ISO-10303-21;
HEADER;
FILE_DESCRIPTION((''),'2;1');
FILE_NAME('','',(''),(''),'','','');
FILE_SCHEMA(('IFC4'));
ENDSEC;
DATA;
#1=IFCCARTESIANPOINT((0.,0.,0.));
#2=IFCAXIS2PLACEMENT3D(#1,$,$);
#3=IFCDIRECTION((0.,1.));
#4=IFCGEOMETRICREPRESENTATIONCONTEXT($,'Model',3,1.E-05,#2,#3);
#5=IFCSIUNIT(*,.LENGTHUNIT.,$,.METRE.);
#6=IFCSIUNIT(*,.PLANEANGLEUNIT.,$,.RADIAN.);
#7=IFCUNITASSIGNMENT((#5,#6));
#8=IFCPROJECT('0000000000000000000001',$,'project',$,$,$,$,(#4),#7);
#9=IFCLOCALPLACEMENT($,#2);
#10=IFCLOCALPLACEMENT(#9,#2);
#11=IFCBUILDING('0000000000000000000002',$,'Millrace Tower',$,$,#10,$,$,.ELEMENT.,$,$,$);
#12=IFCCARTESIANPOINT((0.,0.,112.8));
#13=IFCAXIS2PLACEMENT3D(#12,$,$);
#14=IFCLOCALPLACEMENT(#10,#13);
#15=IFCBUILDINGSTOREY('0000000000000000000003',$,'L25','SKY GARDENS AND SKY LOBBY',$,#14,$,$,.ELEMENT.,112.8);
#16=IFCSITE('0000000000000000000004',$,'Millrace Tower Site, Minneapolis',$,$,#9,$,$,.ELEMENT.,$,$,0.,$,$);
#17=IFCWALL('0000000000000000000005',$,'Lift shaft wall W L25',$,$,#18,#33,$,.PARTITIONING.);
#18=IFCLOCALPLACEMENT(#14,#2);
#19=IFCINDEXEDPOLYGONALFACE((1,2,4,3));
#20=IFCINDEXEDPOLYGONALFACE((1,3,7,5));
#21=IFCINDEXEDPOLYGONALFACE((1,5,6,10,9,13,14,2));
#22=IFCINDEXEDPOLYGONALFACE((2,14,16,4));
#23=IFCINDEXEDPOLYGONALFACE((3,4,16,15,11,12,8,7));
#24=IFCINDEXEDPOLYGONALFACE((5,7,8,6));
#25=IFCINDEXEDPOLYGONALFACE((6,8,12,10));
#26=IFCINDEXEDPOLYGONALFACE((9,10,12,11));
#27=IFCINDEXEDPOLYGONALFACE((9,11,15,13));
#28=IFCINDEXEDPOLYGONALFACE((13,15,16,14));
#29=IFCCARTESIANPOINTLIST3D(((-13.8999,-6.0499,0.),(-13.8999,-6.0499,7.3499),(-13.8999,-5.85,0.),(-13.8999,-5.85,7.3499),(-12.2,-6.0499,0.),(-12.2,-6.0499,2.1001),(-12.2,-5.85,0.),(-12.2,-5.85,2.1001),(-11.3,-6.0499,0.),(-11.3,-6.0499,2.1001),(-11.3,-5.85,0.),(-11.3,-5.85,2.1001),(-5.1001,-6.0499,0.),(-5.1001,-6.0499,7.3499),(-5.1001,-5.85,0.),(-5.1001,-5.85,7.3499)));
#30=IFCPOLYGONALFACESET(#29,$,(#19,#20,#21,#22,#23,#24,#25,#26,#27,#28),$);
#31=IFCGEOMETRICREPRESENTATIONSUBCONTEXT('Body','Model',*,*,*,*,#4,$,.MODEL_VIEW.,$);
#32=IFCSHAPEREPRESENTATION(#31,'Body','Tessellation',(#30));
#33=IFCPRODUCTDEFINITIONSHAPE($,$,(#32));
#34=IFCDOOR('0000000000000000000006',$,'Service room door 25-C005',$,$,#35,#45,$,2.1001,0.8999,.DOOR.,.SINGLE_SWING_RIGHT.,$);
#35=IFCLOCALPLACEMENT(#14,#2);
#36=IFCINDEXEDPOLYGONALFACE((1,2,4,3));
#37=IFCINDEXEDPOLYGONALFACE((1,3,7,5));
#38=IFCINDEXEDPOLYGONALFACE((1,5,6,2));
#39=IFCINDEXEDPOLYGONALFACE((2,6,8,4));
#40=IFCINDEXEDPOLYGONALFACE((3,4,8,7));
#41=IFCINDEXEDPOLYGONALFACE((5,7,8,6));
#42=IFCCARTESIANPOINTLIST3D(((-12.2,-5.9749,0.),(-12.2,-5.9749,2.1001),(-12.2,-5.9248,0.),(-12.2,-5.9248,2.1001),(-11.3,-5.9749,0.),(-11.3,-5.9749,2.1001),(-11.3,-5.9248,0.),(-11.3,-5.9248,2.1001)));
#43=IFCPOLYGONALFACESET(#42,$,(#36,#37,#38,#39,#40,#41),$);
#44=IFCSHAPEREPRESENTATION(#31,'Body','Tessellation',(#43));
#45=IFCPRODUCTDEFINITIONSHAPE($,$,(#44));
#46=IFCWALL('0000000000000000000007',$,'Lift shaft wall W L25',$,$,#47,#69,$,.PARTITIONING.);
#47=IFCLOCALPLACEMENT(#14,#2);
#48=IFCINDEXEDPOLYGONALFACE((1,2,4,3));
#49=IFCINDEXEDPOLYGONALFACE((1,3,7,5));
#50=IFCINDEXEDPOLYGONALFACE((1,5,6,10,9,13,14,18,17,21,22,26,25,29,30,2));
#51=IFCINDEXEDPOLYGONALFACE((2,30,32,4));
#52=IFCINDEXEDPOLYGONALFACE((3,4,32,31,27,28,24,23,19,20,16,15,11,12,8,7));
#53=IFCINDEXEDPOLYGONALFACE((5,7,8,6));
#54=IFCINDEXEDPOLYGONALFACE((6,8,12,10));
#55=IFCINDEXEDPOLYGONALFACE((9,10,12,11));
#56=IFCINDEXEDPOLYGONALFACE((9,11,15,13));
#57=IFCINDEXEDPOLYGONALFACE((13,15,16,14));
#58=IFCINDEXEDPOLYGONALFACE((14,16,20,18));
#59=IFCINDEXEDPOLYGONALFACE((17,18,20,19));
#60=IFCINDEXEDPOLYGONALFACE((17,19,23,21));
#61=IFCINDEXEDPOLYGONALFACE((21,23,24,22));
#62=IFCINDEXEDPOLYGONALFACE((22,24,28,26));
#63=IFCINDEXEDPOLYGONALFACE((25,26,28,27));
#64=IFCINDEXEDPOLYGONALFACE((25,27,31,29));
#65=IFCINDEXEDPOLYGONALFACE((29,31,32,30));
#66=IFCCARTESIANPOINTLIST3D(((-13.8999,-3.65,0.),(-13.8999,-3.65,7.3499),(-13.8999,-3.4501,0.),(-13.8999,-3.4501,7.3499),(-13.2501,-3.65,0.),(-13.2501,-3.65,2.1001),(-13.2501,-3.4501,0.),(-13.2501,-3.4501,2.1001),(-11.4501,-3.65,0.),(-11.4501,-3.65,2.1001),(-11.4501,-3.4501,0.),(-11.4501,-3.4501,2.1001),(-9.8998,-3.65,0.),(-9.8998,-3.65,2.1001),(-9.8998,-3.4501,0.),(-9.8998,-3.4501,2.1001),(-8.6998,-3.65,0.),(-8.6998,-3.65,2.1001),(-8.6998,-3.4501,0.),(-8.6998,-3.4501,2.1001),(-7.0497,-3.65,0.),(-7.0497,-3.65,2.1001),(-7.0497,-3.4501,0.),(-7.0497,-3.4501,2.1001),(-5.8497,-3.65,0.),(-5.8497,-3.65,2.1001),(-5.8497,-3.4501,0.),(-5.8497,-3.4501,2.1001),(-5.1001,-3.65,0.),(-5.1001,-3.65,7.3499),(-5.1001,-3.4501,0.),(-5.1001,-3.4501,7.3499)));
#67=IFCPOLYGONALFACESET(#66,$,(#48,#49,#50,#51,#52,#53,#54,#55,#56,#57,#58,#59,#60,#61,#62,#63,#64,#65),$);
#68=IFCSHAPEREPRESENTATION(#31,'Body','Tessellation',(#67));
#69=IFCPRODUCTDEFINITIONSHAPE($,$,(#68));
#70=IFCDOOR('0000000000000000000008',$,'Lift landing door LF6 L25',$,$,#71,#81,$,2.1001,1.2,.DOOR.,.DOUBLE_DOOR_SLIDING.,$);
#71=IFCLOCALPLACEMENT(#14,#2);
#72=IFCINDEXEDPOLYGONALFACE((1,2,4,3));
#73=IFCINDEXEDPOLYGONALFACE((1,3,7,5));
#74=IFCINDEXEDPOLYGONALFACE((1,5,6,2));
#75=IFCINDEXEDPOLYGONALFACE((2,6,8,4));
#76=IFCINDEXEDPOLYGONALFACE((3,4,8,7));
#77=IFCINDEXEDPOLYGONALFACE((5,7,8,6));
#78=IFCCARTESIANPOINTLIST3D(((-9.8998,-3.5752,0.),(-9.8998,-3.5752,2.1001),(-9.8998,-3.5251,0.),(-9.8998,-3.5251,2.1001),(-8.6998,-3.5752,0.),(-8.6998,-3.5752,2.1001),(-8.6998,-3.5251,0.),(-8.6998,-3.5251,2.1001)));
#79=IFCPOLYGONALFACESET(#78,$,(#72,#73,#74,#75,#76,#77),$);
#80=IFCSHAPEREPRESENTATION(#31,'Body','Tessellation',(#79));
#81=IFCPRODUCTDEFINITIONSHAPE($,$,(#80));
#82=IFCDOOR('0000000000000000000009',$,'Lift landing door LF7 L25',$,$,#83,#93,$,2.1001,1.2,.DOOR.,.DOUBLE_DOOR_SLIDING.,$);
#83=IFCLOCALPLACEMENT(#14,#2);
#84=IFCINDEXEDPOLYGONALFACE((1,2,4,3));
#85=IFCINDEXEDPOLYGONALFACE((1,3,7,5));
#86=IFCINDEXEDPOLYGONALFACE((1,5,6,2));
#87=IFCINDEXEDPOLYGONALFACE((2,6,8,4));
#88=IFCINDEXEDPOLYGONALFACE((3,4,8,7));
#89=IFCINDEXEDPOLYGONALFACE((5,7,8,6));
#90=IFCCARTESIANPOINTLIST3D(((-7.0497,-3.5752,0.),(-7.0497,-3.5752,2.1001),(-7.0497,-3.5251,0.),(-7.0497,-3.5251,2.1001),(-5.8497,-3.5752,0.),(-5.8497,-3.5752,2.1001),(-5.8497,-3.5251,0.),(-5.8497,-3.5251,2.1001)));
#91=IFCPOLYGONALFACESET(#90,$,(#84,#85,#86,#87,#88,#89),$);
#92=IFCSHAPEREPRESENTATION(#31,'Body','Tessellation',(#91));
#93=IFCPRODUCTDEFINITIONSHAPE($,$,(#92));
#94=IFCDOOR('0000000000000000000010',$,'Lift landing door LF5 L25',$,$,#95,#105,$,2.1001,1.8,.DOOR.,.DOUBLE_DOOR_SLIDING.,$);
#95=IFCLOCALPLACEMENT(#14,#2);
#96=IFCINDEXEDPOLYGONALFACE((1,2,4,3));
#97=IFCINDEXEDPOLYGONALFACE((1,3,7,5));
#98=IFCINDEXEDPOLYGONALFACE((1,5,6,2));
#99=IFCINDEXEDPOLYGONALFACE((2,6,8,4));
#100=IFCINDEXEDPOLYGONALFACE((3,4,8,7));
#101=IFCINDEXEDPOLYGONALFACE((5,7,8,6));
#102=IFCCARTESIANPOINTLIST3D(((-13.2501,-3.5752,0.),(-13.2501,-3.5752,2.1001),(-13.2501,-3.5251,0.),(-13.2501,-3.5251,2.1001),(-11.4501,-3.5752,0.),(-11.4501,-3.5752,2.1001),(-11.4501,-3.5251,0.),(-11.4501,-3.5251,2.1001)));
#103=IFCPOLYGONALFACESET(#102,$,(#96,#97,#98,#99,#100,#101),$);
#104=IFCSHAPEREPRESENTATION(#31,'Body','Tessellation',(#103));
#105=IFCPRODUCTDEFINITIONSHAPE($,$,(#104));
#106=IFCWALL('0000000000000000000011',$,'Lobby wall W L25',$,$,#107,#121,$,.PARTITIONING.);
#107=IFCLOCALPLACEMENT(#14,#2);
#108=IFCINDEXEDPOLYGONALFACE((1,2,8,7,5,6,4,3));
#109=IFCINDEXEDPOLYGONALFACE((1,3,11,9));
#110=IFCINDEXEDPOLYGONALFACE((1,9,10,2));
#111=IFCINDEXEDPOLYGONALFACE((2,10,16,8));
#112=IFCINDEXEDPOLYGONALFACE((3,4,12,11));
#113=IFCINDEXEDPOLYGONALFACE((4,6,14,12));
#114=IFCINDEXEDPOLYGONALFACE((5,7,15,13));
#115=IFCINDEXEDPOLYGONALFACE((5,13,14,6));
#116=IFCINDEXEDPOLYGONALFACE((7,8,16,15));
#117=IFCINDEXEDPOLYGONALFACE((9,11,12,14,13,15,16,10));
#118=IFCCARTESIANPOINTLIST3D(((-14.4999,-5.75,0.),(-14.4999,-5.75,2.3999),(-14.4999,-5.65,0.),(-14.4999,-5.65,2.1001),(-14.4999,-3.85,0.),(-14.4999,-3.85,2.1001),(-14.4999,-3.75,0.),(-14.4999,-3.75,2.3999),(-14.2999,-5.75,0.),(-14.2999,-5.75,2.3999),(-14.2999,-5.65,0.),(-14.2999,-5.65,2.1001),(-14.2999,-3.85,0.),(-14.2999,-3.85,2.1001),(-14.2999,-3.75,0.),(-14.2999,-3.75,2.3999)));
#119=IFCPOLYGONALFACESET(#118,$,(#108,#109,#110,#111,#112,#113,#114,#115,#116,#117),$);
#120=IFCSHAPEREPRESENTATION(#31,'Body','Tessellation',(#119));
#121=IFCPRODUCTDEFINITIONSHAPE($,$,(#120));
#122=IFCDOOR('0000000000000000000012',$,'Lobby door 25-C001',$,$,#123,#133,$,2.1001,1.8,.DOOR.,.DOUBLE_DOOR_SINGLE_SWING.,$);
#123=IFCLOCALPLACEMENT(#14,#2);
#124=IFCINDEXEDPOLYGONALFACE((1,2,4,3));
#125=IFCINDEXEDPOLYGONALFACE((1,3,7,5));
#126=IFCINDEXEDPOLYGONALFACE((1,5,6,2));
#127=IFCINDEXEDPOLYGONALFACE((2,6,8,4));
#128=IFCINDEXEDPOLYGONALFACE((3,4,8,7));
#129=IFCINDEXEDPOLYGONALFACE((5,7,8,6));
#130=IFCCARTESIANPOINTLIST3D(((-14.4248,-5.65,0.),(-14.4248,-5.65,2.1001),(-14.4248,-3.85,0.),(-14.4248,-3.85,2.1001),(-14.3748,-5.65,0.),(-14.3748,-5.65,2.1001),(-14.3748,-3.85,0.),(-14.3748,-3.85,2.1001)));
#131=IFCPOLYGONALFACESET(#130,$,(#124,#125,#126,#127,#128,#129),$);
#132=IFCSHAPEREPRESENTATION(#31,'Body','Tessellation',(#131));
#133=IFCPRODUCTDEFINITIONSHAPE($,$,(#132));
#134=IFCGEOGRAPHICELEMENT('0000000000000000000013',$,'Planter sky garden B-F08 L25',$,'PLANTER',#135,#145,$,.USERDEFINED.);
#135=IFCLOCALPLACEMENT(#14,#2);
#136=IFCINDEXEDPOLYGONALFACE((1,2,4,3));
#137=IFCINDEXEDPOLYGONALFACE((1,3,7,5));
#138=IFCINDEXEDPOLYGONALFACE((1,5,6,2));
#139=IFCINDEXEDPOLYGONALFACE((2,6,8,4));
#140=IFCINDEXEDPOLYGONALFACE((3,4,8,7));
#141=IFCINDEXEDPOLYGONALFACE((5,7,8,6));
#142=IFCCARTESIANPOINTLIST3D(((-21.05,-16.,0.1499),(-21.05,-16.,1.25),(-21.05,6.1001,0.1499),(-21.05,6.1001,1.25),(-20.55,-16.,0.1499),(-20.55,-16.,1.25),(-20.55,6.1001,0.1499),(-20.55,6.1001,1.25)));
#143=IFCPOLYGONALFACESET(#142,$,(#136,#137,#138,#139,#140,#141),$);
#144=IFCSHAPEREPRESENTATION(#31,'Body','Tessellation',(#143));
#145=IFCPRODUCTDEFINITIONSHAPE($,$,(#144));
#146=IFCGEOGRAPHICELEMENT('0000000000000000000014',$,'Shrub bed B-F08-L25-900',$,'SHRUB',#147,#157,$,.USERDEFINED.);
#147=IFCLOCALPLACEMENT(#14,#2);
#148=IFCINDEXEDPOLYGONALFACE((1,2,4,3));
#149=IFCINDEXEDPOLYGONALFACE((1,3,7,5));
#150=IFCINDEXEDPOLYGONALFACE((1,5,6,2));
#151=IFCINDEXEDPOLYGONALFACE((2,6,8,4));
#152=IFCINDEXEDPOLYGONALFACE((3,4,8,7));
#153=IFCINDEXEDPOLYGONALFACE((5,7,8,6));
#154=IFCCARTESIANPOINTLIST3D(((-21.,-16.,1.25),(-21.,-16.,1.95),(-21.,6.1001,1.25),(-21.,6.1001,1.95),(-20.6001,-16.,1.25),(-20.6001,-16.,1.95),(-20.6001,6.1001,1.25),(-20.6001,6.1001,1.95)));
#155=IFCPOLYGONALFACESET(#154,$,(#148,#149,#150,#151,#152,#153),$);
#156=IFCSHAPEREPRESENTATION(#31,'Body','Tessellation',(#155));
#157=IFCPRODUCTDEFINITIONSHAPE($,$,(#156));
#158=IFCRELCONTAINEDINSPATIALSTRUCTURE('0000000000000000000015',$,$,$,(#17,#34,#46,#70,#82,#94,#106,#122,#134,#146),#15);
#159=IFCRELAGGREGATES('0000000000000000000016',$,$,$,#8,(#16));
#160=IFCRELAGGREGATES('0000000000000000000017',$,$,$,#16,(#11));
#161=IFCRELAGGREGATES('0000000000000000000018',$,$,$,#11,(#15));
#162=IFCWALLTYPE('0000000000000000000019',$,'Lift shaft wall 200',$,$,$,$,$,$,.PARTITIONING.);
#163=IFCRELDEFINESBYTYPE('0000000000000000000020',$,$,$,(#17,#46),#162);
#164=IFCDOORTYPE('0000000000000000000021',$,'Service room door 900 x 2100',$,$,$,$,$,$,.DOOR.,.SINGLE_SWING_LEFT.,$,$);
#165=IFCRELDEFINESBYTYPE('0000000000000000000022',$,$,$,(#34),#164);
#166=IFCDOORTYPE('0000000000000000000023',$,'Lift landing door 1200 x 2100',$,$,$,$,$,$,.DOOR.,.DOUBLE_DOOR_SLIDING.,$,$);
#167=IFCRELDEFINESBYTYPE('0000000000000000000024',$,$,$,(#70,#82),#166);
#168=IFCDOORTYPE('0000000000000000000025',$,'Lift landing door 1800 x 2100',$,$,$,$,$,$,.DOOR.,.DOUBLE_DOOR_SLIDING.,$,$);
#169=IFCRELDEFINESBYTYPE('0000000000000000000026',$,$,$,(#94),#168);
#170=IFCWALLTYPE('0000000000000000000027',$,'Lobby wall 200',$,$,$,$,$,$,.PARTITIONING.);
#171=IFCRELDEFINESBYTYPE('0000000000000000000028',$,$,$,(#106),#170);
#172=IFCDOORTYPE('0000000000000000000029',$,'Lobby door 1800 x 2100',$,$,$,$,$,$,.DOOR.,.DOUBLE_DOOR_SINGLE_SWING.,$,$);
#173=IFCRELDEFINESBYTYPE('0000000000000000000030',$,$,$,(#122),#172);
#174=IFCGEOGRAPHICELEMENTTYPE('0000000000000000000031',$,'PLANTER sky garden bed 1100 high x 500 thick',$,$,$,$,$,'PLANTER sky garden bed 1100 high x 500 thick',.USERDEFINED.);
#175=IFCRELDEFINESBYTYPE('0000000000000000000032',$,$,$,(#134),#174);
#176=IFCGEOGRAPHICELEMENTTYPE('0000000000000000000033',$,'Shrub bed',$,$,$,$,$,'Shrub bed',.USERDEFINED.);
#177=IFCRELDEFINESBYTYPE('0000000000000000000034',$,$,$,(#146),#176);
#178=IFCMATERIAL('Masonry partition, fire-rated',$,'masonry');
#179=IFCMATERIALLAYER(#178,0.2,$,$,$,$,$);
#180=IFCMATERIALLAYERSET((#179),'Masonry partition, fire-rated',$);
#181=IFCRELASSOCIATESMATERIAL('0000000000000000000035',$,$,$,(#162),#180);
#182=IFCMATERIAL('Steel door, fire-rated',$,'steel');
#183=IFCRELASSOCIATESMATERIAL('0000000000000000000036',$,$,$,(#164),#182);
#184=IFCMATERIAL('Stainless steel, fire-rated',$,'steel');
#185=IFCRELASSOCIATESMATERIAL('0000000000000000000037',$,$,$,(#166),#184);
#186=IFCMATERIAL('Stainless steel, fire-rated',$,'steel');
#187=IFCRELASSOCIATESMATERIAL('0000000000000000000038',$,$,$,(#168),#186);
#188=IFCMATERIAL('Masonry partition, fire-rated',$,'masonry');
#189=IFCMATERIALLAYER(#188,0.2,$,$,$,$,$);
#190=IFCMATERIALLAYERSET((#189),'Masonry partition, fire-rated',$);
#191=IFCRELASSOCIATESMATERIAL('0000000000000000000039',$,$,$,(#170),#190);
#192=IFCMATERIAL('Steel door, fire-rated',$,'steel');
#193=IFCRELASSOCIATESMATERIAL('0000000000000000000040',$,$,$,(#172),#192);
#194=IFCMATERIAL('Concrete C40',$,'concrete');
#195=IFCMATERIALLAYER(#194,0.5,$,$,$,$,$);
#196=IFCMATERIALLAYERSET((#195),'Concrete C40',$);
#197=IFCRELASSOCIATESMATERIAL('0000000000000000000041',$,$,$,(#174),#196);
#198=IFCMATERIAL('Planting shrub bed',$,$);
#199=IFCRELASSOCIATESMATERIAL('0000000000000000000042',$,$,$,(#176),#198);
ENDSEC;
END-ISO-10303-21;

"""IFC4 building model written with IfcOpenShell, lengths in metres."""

from ifc_helpers import new_model, si_unit, direction, frame, frame_2d, origin, origin_2d, place, context, subcontext, project, spatial, rectangle, extrude, material, layer, layer_set, type_object, element, fill, save


model = new_model("IFC4")

# Units and contexts
model_context = context("Model", 3, precision=1e-05, world=origin(), true_north=direction((0.0, 1.0)))
body_context = subcontext(model_context, "Body", "Model", "MODEL_VIEW")
ifc_project = project(units=[si_unit("LENGTHUNIT", "METRE"), si_unit("PLANEANGLEUNIT", "RADIAN")], contexts=[model_context])

# Site, building, storey
site_placement = place(None, origin())
site = spatial("IfcSite", under=ifc_project, at=site_placement, Name="Millrace Tower Site, Minneapolis", CompositionType="ELEMENT", RefElevation=0.0)
building_placement = place(site_placement, origin())
building = spatial("IfcBuilding", under=site, at=building_placement, Name="Millrace Tower", CompositionType="ELEMENT")
storey_placement = place(building_placement, frame((0.0, 0.0, 112.8)))
storey = spatial("IfcBuildingStorey", under=building, at=storey_placement, Name="L25", Description="SKY GARDENS AND SKY LOBBY", CompositionType="ELEMENT", Elevation=112.8)

# Wall, opening, door
ifc_material_1 = material(Name="Masonry partition, fire-rated", Category="masonry")
ifc_layer_1 = layer(ifc_material_1, 0.2)
ifc_layer_set_1 = layer_set([ifc_layer_1], Name="Masonry partition, fire-rated")
wall_type_1 = type_object("IfcWallType", Name="Lift shaft wall 200", PredefinedType="PARTITIONING", material=ifc_layer_set_1)
wall_1_placement = place(storey_placement, frame((-13.8999, -5.95, 0.0), z_axis=(0.0, 0.0, 1.0), x_axis=(1.0, 0.0, 0.0)))
wall_1 = element("IfcWall", 1, at=wall_1_placement, inside=storey, type_object=wall_type_1, Name="Lift shaft wall W L25", PredefinedType="PARTITIONING", context=body_context, shape_type="SweptSolid", body=[
    extrude(rectangle(XDim=8.7998, YDim=0.2, at=frame_2d((4.3999, 0.0))), origin(), (0.0, 0.0, 1.0), 7.3499),
])
opening_1_placement = place(wall_1_placement, frame((1.7, 0.0, 0.0)))
opening_1 = element("IfcOpeningElement", 2, at=opening_1_placement, cuts=wall_1, PredefinedType="OPENING", context=body_context, shape_type="SweptSolid", body=[
    extrude(rectangle(XDim=0.8999, YDim=2.1001, at=frame_2d((0.45, 1.05))), frame((0.0, 0.1099, 0.0), z_axis=(0.0, -1.0, 0.0), x_axis=(1.0, 0.0, 0.0)), (0.0, 0.0, 1.0), 0.22),
])
ifc_material_2 = material(Name="Steel door, fire-rated", Category="steel")
door_type_1 = type_object("IfcDoorType", Name="Service room door 900 x 2100", OperationType="SINGLE_SWING_LEFT", PredefinedType="DOOR", material=ifc_material_2)
door_1_placement = place(opening_1_placement, frame((0.8999, 0.0, 0.0), z_axis=(0.0, 0.0, 1.0), x_axis=(-1.0, 0.0, 0.0)))
door_1 = element("IfcDoor", 3, at=door_1_placement, inside=storey, type_object=door_type_1, Name="Service room door 25-C005", OperationType="SINGLE_SWING_RIGHT", OverallHeight=2.1001, OverallWidth=0.8999, PredefinedType="DOOR", context=body_context, shape_type="SweptSolid", body=[
    extrude(rectangle(XDim=0.8999, YDim=2.1001, at=frame_2d((0.45, 1.05))), frame((0.0, 0.0249, 0.0), z_axis=(0.0, -1.0, 0.0), x_axis=(1.0, 0.0, 0.0)), (0.0, 0.0, 1.0), 0.05),
])
fill(opening_1, door_1)

# Wall, openings, doors
wall_2_placement = place(storey_placement, frame((-13.8999, -3.55, 0.0), z_axis=(0.0, 0.0, 1.0), x_axis=(1.0, 0.0, 0.0)))
wall_2 = element("IfcWall", 4, at=wall_2_placement, inside=storey, type_object=wall_type_1, Name="Lift shaft wall W L25", PredefinedType="PARTITIONING", context=body_context, shape_type="SweptSolid", body=[
    extrude(rectangle(XDim=8.7998, YDim=0.2, at=frame_2d((4.3999, 0.0))), origin(), (0.0, 0.0, 1.0), 7.3499),
])
opening_2_placement = place(wall_2_placement, frame((0.6499, 0.0, 0.0)))
opening_2 = element("IfcOpeningElement", 5, at=opening_2_placement, cuts=wall_2, PredefinedType="OPENING", context=body_context, shape_type="SweptSolid", body=[
    extrude(rectangle(XDim=1.8, YDim=2.1001, at=frame_2d((0.8999, 1.05))), frame((0.0, 0.1099, 0.0), z_axis=(0.0, -1.0, 0.0), x_axis=(1.0, 0.0, 0.0)), (0.0, 0.0, 1.0), 0.22),
])
opening_3_placement = place(wall_2_placement, frame((4.0, 0.0, 0.0)))
opening_3 = element("IfcOpeningElement", 6, at=opening_3_placement, cuts=wall_2, PredefinedType="OPENING", context=body_context, shape_type="SweptSolid", body=[
    extrude(rectangle(XDim=1.2, YDim=2.1001, at=frame_2d((0.6001, 1.05))), frame((0.0, 0.1099, 0.0), z_axis=(0.0, -1.0, 0.0), x_axis=(1.0, 0.0, 0.0)), (0.0, 0.0, 1.0), 0.22),
])
opening_4_placement = place(wall_2_placement, frame((6.8501, 0.0, 0.0)))
opening_4 = element("IfcOpeningElement", 7, at=opening_4_placement, cuts=wall_2, PredefinedType="OPENING", context=body_context, shape_type="SweptSolid", body=[
    extrude(rectangle(XDim=1.2, YDim=2.1001, at=frame_2d((0.6001, 1.05))), frame((0.0, 0.1099, 0.0), z_axis=(0.0, -1.0, 0.0), x_axis=(1.0, 0.0, 0.0)), (0.0, 0.0, 1.0), 0.22),
])
ifc_material_3 = material(Name="Stainless steel, fire-rated", Category="steel")
door_type_2 = type_object("IfcDoorType", Name="Lift landing door 1200 x 2100", OperationType="DOUBLE_DOOR_SLIDING", PredefinedType="DOOR", material=ifc_material_3)
door_2_placement = place(opening_3_placement, origin())
door_2 = element("IfcDoor", 8, at=door_2_placement, inside=storey, type_object=door_type_2, Name="Lift landing door LF6 L25", OperationType="DOUBLE_DOOR_SLIDING", OverallHeight=2.1001, OverallWidth=1.2, PredefinedType="DOOR", context=body_context, shape_type="SweptSolid", body=[
    extrude(rectangle(XDim=1.2, YDim=2.1001, at=frame_2d((0.6001, 1.05))), frame((0.0, 0.0249, 0.0), z_axis=(0.0, -1.0, 0.0), x_axis=(1.0, 0.0, 0.0)), (0.0, 0.0, 1.0), 0.05),
])
fill(opening_3, door_2)
door_3_placement = place(opening_4_placement, origin())
door_3 = element("IfcDoor", 9, at=door_3_placement, inside=storey, type_object=door_type_2, Name="Lift landing door LF7 L25", OperationType="DOUBLE_DOOR_SLIDING", OverallHeight=2.1001, OverallWidth=1.2, PredefinedType="DOOR", context=body_context, shape_type="SweptSolid", body=[
    extrude(rectangle(XDim=1.2, YDim=2.1001, at=frame_2d((0.6001, 1.05))), frame((0.0, 0.0249, 0.0), z_axis=(0.0, -1.0, 0.0), x_axis=(1.0, 0.0, 0.0)), (0.0, 0.0, 1.0), 0.05),
])
fill(opening_4, door_3)
ifc_material_4 = material(Name="Stainless steel, fire-rated", Category="steel")
door_type_3 = type_object("IfcDoorType", Name="Lift landing door 1800 x 2100", OperationType="DOUBLE_DOOR_SLIDING", PredefinedType="DOOR", material=ifc_material_4)
door_4_placement = place(opening_2_placement, origin())
door_4 = element("IfcDoor", 10, at=door_4_placement, inside=storey, type_object=door_type_3, Name="Lift landing door LF5 L25", OperationType="DOUBLE_DOOR_SLIDING", OverallHeight=2.1001, OverallWidth=1.8, PredefinedType="DOOR", context=body_context, shape_type="SweptSolid", body=[
    extrude(rectangle(XDim=1.8, YDim=2.1001, at=frame_2d((0.8999, 1.05))), frame((0.0, 0.0249, 0.0), z_axis=(0.0, -1.0, 0.0), x_axis=(1.0, 0.0, 0.0)), (0.0, 0.0, 1.0), 0.05),
])
fill(opening_2, door_4)

# Wall, opening, door
ifc_material_5 = material(Name="Masonry partition, fire-rated", Category="masonry")
ifc_layer_2 = layer(ifc_material_5, 0.2)
ifc_layer_set_2 = layer_set([ifc_layer_2], Name="Masonry partition, fire-rated")
wall_type_2 = type_object("IfcWallType", Name="Lobby wall 200", PredefinedType="PARTITIONING", material=ifc_layer_set_2)
wall_3_placement = place(storey_placement, frame((-14.3999, -5.75, 0.0), z_axis=(0.0, 0.0, 1.0), x_axis=(0.0, 1.0, 0.0)))
wall_3 = element("IfcWall", 11, at=wall_3_placement, inside=storey, type_object=wall_type_2, Name="Lobby wall W L25", PredefinedType="PARTITIONING", context=body_context, shape_type="SweptSolid", body=[
    extrude(rectangle(XDim=2.0, YDim=0.2, at=frame_2d((1.0, 0.0))), origin(), (0.0, 0.0, 1.0), 2.3999),
])
opening_5_placement = place(wall_3_placement, frame((0.1001, 0.0, 0.0)))
opening_5 = element("IfcOpeningElement", 12, at=opening_5_placement, cuts=wall_3, PredefinedType="OPENING", context=body_context, shape_type="SweptSolid", body=[
    extrude(rectangle(XDim=1.8, YDim=2.1001, at=frame_2d((0.8999, 1.05))), frame((0.0, 0.1099, 0.0), z_axis=(0.0, -1.0, 0.0), x_axis=(1.0, 0.0, 0.0)), (0.0, 0.0, 1.0), 0.22),
])
ifc_material_6 = material(Name="Steel door, fire-rated", Category="steel")
door_type_4 = type_object("IfcDoorType", Name="Lobby door 1800 x 2100", OperationType="DOUBLE_DOOR_SINGLE_SWING", PredefinedType="DOOR", material=ifc_material_6)
door_5_placement = place(opening_5_placement, origin())
door_5 = element("IfcDoor", 13, at=door_5_placement, inside=storey, type_object=door_type_4, Name="Lobby door 25-C001", OperationType="DOUBLE_DOOR_SINGLE_SWING", OverallHeight=2.1001, OverallWidth=1.8, PredefinedType="DOOR", context=body_context, shape_type="SweptSolid", body=[
    extrude(rectangle(XDim=1.8, YDim=2.1001, at=frame_2d((0.8999, 1.05))), frame((0.0, 0.0249, 0.0), z_axis=(0.0, -1.0, 0.0), x_axis=(1.0, 0.0, 0.0)), (0.0, 0.0, 1.0), 0.05),
])
fill(opening_5, door_5)

# Geographic elements
ifc_material_7 = material(Name="Concrete C40", Category="concrete")
ifc_layer_3 = layer(ifc_material_7, 0.5)
ifc_layer_set_3 = layer_set([ifc_layer_3], Name="Concrete C40")
geographic_element_type_1 = type_object("IfcGeographicElementType", Name="PLANTER sky garden bed 1100 high x 500 thick", ElementType="PLANTER sky garden bed 1100 high x 500 thick", PredefinedType="USERDEFINED", material=ifc_layer_set_3)
geographic_element_1_placement = place(storey_placement, frame((-20.8, -4.95, 0.1499), z_axis=(0.0, 0.0, 1.0), x_axis=(0.0, -1.0, 0.0)))
element("IfcGeographicElement", 14, at=geographic_element_1_placement, inside=storey, type_object=geographic_element_type_1, Name="Planter sky garden B-F08 L25", ObjectType="PLANTER", PredefinedType="USERDEFINED", context=body_context, shape_type="SweptSolid", body=[
    extrude(rectangle(XDim=22.1001, YDim=0.5, at=origin_2d()), origin(), (0.0, 0.0, 1.0), 1.1001),
])
ifc_material_8 = material(Name="Planting shrub bed")
geographic_element_type_2 = type_object("IfcGeographicElementType", Name="Shrub bed", ElementType="Shrub bed", PredefinedType="USERDEFINED", material=ifc_material_8)
geographic_element_2_placement = place(storey_placement, frame((-20.8, -4.95, 1.25), z_axis=(0.0, 0.0, 1.0), x_axis=(0.0, -1.0, 0.0)))
element("IfcGeographicElement", 15, at=geographic_element_2_placement, inside=storey, type_object=geographic_element_type_2, Name="Shrub bed B-F08-L25-900", ObjectType="SHRUB", PredefinedType="USERDEFINED", context=body_context, shape_type="SweptSolid", body=[
    extrude(rectangle(XDim=22.1001, YDim=0.3999, at=origin_2d()), origin(), (0.0, 0.0, 1.0), 0.7),
])

save(model, "model.ifc")
